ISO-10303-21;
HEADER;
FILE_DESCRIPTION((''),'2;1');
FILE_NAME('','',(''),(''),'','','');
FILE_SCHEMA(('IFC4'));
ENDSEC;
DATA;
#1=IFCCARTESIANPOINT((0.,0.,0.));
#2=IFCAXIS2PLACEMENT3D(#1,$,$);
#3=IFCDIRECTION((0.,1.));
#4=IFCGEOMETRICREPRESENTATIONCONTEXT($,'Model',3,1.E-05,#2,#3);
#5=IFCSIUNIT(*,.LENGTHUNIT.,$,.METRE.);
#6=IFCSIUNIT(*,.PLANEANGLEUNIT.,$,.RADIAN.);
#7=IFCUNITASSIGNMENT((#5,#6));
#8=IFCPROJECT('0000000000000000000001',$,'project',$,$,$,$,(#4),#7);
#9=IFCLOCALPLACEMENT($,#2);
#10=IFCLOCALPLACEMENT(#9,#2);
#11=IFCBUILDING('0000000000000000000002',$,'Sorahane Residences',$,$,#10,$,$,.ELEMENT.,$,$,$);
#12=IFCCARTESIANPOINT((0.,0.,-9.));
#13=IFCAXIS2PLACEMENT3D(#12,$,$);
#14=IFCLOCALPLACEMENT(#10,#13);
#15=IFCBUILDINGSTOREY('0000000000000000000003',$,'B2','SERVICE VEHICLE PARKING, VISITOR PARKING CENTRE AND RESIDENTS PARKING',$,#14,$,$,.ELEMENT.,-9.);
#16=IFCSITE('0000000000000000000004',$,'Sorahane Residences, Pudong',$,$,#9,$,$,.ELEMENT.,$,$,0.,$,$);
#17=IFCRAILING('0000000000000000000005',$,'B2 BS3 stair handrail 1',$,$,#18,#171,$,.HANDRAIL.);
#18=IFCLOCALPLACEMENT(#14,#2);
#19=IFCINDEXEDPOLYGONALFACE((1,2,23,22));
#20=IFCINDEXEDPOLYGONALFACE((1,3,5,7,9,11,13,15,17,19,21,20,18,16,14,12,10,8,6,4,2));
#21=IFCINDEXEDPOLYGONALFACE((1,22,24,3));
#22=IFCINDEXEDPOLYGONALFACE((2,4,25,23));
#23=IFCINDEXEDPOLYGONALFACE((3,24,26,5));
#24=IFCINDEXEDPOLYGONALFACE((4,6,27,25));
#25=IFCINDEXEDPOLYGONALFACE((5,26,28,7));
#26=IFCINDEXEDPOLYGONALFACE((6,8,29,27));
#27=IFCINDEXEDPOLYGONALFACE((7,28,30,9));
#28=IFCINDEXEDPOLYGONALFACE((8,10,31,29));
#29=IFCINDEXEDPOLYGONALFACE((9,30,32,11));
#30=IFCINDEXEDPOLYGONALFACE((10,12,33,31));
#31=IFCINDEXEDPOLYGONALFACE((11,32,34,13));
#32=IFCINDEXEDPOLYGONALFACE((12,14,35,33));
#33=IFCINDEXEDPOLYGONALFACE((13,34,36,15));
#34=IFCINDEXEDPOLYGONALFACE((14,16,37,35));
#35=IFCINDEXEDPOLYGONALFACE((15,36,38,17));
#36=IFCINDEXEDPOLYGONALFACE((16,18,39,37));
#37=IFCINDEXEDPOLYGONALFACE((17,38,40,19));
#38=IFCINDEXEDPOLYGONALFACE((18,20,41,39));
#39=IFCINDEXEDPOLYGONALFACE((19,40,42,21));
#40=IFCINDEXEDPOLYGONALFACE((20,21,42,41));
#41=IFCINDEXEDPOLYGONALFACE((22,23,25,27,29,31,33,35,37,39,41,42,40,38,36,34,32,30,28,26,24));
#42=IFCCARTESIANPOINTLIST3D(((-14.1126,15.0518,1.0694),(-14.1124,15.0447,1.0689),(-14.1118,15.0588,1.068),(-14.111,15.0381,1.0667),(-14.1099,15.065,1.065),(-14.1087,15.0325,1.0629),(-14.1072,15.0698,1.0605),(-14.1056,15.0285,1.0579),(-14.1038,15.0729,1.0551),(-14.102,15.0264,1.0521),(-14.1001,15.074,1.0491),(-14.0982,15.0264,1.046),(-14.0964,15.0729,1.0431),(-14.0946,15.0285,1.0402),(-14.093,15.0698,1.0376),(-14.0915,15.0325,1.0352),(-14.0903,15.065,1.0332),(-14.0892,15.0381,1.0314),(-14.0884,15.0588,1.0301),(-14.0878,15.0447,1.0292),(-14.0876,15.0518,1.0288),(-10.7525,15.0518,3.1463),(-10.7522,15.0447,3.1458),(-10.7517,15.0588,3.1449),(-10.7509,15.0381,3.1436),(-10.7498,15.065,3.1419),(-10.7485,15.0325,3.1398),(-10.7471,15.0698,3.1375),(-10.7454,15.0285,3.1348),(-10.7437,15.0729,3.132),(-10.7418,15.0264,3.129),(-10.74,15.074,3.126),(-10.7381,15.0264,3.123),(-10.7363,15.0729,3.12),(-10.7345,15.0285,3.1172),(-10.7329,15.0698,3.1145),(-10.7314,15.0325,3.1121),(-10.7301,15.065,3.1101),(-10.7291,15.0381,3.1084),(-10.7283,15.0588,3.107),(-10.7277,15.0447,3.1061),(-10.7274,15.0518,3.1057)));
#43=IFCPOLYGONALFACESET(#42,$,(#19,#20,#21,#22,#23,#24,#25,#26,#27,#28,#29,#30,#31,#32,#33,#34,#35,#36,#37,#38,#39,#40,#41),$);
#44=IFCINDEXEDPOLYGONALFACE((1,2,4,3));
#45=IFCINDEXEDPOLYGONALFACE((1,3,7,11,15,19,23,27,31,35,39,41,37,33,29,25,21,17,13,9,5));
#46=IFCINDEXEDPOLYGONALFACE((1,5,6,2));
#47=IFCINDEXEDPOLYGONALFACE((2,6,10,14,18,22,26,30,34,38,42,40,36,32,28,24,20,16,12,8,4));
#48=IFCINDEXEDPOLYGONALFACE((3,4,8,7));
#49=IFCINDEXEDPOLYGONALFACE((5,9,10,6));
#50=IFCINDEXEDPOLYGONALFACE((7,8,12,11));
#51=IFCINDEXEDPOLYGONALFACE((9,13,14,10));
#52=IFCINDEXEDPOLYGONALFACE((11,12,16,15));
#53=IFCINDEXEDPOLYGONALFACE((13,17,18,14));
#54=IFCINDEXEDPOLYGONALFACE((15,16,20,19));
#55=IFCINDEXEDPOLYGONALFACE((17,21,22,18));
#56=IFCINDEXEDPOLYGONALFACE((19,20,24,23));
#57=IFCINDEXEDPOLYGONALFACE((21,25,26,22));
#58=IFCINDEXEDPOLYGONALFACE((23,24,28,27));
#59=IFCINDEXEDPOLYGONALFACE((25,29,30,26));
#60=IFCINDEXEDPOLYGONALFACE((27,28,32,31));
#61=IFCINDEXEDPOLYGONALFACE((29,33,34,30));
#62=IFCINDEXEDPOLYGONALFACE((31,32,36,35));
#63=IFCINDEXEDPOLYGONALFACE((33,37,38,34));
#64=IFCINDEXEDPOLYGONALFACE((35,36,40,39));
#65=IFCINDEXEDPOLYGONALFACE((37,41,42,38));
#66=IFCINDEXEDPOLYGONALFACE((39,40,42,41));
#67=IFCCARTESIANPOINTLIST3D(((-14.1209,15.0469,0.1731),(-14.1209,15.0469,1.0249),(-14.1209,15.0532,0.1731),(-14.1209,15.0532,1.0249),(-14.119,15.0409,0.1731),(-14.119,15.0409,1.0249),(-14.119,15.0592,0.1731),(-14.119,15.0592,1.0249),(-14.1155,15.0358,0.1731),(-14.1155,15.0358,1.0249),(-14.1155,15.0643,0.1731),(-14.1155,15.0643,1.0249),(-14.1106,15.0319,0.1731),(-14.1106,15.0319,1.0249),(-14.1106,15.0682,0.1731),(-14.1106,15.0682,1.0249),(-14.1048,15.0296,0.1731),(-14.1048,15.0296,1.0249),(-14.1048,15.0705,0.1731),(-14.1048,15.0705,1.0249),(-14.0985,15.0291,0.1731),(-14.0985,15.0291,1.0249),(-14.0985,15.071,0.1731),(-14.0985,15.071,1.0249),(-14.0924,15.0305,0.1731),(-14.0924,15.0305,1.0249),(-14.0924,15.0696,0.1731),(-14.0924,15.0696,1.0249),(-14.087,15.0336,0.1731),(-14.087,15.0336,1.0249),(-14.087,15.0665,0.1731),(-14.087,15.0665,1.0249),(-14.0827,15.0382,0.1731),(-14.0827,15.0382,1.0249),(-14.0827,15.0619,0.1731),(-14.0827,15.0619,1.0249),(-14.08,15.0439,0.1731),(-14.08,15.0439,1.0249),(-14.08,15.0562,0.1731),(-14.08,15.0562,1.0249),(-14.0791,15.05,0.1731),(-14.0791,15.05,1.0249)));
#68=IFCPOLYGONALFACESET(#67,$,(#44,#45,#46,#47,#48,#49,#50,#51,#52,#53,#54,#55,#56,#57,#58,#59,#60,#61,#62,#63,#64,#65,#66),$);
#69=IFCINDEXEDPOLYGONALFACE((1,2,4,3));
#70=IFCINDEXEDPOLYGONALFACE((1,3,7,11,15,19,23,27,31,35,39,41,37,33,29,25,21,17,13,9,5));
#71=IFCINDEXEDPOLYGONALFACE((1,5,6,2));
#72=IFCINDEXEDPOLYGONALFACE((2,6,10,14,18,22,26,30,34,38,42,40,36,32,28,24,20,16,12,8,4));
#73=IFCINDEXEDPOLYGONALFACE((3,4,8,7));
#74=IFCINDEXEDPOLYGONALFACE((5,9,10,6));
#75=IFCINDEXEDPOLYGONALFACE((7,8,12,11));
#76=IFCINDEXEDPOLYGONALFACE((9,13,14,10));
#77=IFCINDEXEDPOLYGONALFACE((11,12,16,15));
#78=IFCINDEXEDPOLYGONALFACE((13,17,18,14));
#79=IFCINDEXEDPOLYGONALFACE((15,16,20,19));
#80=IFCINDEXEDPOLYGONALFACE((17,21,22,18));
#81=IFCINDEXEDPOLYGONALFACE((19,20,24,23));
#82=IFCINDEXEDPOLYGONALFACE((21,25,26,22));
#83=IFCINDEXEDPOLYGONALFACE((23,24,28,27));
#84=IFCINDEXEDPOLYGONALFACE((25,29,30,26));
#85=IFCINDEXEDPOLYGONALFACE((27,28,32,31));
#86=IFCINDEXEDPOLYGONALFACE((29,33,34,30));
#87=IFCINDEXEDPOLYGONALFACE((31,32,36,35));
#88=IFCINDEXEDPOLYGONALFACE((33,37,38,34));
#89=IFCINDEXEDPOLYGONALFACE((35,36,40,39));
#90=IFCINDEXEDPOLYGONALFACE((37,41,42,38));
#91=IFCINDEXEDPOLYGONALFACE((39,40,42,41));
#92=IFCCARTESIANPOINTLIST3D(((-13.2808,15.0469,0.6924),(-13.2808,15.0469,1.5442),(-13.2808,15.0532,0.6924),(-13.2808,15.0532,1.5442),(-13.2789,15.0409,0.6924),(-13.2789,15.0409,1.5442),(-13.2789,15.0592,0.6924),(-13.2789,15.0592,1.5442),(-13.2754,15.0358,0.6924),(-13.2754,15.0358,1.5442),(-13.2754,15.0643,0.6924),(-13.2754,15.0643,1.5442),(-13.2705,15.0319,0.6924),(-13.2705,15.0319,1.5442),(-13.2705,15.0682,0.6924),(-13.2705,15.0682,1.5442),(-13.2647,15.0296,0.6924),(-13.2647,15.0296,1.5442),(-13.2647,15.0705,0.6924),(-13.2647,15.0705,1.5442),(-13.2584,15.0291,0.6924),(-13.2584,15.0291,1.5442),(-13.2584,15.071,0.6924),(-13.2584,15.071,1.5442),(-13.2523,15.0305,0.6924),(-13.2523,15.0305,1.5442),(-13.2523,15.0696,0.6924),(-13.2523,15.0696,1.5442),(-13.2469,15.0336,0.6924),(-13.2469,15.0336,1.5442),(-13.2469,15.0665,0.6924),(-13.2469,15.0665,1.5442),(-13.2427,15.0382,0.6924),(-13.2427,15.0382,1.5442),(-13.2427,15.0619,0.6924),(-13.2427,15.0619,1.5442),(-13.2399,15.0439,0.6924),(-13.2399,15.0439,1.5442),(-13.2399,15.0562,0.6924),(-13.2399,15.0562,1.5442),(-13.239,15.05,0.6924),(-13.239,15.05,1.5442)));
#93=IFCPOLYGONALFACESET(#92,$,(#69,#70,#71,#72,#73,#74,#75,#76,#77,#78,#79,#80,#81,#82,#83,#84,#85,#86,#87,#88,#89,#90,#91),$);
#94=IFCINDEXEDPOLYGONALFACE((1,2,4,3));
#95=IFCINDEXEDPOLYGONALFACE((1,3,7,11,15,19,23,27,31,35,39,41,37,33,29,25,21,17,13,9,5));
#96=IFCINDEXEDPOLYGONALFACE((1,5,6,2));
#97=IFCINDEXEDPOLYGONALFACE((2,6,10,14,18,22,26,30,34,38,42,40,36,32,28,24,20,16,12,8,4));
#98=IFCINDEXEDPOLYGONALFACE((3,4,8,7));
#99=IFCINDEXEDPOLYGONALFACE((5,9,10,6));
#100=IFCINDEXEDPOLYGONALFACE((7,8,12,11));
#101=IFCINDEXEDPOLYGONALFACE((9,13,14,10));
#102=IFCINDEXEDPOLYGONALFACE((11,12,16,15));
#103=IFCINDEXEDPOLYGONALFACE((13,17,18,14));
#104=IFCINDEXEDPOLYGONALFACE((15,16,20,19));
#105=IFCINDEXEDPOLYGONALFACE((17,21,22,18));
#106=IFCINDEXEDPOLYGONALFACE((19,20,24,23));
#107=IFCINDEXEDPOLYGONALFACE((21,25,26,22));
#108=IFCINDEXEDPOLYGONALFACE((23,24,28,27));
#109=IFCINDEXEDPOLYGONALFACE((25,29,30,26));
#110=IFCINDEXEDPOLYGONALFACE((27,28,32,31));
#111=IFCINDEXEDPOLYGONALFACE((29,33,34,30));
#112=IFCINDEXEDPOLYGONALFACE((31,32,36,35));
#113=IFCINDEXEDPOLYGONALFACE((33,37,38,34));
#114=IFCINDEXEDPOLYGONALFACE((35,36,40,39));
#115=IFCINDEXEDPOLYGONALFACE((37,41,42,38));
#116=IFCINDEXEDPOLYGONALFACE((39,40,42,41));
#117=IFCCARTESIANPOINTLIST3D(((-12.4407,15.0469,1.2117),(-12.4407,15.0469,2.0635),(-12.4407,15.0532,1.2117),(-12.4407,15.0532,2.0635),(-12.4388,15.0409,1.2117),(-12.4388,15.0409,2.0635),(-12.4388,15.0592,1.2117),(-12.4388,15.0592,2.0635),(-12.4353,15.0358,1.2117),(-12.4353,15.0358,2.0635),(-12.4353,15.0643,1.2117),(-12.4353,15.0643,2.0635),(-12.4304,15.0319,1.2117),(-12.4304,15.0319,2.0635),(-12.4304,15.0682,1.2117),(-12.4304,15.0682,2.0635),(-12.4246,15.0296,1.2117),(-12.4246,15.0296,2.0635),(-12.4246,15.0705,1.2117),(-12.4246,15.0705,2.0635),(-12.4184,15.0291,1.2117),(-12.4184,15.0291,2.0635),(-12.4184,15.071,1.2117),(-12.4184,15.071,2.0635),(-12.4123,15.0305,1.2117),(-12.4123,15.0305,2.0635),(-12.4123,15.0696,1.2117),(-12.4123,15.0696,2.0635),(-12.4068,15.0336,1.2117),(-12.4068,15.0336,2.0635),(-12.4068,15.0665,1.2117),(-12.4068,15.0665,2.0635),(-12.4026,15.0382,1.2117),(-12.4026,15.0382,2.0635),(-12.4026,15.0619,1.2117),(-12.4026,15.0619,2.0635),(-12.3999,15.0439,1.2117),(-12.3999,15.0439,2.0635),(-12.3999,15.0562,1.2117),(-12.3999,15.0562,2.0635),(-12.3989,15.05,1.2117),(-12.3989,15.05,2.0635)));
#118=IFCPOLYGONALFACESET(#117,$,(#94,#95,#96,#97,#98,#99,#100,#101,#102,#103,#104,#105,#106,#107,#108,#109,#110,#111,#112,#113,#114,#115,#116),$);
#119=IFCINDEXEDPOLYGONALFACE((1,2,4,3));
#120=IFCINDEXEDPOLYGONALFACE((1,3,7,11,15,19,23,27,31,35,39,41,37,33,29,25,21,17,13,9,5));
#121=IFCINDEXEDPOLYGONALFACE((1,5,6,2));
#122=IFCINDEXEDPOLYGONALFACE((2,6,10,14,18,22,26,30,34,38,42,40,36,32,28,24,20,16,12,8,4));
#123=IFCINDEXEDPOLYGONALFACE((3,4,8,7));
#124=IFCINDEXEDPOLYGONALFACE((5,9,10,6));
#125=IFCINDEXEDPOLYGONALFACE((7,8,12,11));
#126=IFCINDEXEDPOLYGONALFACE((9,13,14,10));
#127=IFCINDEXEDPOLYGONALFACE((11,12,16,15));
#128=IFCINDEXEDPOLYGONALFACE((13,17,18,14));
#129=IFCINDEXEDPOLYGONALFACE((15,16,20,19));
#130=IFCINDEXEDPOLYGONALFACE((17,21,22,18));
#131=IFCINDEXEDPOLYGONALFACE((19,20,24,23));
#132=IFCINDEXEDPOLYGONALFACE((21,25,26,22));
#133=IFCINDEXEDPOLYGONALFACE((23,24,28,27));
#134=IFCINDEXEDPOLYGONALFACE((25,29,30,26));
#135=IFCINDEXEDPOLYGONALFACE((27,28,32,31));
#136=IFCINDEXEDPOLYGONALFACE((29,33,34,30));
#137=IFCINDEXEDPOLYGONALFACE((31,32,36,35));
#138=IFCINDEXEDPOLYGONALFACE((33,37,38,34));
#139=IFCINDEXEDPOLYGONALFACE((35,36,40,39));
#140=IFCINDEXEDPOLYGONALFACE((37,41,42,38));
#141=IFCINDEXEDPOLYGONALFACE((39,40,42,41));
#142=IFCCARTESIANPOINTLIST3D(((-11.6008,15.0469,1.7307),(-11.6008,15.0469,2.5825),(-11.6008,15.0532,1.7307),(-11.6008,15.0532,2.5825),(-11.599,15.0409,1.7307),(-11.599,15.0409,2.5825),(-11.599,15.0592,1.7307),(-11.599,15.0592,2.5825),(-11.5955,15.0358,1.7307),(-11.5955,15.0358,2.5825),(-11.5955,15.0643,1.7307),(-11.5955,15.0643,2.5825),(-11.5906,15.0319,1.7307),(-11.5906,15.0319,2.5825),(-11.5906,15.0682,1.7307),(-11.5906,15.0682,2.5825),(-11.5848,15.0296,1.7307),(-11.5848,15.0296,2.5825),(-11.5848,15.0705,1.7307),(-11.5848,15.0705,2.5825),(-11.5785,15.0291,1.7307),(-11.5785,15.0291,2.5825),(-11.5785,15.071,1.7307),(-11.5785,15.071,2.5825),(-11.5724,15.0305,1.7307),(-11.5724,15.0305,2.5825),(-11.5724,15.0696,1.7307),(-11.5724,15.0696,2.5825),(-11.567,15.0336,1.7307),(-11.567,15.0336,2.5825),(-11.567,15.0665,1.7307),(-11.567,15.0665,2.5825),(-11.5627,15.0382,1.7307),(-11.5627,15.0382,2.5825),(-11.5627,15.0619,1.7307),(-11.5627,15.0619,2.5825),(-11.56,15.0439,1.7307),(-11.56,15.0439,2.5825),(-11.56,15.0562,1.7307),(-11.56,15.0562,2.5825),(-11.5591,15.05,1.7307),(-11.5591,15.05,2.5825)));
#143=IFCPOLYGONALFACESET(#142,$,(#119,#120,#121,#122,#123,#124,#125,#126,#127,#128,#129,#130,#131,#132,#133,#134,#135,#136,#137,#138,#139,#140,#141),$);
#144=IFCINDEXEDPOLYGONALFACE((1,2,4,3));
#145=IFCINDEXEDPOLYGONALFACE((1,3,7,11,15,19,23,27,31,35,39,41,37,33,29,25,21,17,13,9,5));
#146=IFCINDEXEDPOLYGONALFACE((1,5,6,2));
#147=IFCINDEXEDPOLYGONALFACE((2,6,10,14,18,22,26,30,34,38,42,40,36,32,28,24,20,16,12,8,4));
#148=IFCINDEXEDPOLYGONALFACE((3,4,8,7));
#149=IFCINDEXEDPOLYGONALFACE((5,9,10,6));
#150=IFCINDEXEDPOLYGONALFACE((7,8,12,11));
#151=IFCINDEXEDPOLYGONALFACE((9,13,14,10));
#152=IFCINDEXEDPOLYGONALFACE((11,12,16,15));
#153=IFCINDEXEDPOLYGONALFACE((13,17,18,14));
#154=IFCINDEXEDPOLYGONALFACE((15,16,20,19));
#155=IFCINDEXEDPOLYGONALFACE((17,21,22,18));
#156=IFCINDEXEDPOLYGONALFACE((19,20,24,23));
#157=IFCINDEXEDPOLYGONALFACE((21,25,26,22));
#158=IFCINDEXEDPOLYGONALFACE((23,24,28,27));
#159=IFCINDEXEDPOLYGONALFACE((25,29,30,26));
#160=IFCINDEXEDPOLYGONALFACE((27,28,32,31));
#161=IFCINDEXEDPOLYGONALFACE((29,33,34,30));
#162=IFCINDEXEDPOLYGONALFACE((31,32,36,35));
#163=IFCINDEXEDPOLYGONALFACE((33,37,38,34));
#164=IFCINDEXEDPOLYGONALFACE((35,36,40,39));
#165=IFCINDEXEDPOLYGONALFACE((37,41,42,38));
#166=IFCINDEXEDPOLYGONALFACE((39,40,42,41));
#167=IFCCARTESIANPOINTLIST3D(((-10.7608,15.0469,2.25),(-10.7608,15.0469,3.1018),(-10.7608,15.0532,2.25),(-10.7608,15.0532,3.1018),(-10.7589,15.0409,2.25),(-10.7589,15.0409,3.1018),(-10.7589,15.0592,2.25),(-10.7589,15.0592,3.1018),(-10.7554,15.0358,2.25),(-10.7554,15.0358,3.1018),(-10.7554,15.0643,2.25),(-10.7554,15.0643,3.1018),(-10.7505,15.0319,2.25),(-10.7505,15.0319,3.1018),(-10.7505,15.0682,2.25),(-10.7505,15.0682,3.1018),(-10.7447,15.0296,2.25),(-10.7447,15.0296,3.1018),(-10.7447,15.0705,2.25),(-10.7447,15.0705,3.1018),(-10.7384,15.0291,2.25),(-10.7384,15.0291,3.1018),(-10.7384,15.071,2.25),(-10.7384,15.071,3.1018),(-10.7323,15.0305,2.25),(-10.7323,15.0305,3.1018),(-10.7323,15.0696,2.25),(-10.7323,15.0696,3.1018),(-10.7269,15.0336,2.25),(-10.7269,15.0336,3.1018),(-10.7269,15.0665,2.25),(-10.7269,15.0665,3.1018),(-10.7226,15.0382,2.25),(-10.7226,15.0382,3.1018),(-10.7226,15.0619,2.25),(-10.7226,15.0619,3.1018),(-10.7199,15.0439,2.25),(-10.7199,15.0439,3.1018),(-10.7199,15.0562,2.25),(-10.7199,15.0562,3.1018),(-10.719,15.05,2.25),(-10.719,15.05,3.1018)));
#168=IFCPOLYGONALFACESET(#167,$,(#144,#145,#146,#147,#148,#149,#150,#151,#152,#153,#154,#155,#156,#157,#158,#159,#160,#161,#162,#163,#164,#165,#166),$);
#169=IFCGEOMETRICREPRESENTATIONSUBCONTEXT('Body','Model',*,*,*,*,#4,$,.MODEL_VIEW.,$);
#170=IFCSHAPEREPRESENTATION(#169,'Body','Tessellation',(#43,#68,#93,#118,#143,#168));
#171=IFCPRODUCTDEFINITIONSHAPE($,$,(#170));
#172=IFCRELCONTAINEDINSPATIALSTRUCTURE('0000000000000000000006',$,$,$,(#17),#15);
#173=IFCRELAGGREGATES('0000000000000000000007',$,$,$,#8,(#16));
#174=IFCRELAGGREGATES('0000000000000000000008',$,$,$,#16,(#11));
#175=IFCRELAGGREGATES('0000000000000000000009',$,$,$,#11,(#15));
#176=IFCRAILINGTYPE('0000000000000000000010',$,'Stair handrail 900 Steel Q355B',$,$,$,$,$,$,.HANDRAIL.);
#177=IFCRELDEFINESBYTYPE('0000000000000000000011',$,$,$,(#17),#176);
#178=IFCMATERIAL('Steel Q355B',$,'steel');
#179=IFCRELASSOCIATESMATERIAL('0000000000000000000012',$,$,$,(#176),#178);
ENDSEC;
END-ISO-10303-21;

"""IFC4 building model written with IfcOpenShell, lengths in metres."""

from ifc_helpers import new_model, si_unit, direction, frame, origin, origin_2d, place, context, subcontext, project, spatial, circle, extrude, material, type_object, element, save


model = new_model("IFC4")

# Units and contexts
model_context = context("Model", 3, precision=1e-05, world=origin(), true_north=direction((0.0, 1.0)))
body_context = subcontext(model_context, "Body", "Model", "MODEL_VIEW")
ifc_project = project(units=[si_unit("LENGTHUNIT", "METRE"), si_unit("PLANEANGLEUNIT", "RADIAN")], contexts=[model_context])

# Site, building, storey
site_placement = place(None, origin())
site = spatial("IfcSite", under=ifc_project, at=site_placement, Name="Sorahane Residences, Pudong", CompositionType="ELEMENT", RefElevation=0.0)
building_placement = place(site_placement, origin())
building = spatial("IfcBuilding", under=site, at=building_placement, Name="Sorahane Residences", CompositionType="ELEMENT")
storey_placement = place(building_placement, frame((0.0, 0.0, -9.0)))
storey = spatial("IfcBuildingStorey", under=building, at=storey_placement, Name="B2", Description="SERVICE VEHICLE PARKING, VISITOR PARKING CENTRE AND RESIDENTS PARKING", CompositionType="ELEMENT", Elevation=-9.0)

# Railing
ifc_material_1 = material(Name="Steel Q355B", Category="steel")
railing_type_1 = type_object("IfcRailingType", Name="Stair handrail 900 Steel Q355B", PredefinedType="HANDRAIL", material=ifc_material_1)
railing_1_placement = place(storey_placement, frame((-14.1001, 15.05, 0.1731)))
element("IfcRailing", 1, at=railing_1_placement, inside=storey, type_object=railing_type_1, Name="B2 BS3 stair handrail 1", PredefinedType="HANDRAIL", context=body_context, shape_type="SweptSolid", body=[
    extrude(circle(Radius=0.0239, at=origin_2d()), frame((0.0, 0.0, 0.876), z_axis=(0.850623, 0.0, 0.525776), x_axis=(0.0, 1.0, 0.0)), (0.0, 0.0, 1.0), 3.9502),
    extrude(circle(Radius=0.021, at=origin_2d()), origin(), (0.0, 0.0, 1.0), 0.8518),
    extrude(circle(Radius=0.021, at=origin_2d()), frame((0.8401, 0.0, 0.5193)), (0.0, 0.0, 1.0), 0.8518),
    extrude(circle(Radius=0.021, at=origin_2d()), frame((1.6802, 0.0, 1.0386)), (0.0, 0.0, 1.0), 0.8518),
    extrude(circle(Radius=0.021, at=origin_2d()), frame((2.52, 0.0, 1.5576)), (0.0, 0.0, 1.0), 0.8518),
    extrude(circle(Radius=0.021, at=origin_2d()), frame((3.3601, 0.0, 2.0769)), (0.0, 0.0, 1.0), 0.8518),
])

save(model, "model.ifc")
